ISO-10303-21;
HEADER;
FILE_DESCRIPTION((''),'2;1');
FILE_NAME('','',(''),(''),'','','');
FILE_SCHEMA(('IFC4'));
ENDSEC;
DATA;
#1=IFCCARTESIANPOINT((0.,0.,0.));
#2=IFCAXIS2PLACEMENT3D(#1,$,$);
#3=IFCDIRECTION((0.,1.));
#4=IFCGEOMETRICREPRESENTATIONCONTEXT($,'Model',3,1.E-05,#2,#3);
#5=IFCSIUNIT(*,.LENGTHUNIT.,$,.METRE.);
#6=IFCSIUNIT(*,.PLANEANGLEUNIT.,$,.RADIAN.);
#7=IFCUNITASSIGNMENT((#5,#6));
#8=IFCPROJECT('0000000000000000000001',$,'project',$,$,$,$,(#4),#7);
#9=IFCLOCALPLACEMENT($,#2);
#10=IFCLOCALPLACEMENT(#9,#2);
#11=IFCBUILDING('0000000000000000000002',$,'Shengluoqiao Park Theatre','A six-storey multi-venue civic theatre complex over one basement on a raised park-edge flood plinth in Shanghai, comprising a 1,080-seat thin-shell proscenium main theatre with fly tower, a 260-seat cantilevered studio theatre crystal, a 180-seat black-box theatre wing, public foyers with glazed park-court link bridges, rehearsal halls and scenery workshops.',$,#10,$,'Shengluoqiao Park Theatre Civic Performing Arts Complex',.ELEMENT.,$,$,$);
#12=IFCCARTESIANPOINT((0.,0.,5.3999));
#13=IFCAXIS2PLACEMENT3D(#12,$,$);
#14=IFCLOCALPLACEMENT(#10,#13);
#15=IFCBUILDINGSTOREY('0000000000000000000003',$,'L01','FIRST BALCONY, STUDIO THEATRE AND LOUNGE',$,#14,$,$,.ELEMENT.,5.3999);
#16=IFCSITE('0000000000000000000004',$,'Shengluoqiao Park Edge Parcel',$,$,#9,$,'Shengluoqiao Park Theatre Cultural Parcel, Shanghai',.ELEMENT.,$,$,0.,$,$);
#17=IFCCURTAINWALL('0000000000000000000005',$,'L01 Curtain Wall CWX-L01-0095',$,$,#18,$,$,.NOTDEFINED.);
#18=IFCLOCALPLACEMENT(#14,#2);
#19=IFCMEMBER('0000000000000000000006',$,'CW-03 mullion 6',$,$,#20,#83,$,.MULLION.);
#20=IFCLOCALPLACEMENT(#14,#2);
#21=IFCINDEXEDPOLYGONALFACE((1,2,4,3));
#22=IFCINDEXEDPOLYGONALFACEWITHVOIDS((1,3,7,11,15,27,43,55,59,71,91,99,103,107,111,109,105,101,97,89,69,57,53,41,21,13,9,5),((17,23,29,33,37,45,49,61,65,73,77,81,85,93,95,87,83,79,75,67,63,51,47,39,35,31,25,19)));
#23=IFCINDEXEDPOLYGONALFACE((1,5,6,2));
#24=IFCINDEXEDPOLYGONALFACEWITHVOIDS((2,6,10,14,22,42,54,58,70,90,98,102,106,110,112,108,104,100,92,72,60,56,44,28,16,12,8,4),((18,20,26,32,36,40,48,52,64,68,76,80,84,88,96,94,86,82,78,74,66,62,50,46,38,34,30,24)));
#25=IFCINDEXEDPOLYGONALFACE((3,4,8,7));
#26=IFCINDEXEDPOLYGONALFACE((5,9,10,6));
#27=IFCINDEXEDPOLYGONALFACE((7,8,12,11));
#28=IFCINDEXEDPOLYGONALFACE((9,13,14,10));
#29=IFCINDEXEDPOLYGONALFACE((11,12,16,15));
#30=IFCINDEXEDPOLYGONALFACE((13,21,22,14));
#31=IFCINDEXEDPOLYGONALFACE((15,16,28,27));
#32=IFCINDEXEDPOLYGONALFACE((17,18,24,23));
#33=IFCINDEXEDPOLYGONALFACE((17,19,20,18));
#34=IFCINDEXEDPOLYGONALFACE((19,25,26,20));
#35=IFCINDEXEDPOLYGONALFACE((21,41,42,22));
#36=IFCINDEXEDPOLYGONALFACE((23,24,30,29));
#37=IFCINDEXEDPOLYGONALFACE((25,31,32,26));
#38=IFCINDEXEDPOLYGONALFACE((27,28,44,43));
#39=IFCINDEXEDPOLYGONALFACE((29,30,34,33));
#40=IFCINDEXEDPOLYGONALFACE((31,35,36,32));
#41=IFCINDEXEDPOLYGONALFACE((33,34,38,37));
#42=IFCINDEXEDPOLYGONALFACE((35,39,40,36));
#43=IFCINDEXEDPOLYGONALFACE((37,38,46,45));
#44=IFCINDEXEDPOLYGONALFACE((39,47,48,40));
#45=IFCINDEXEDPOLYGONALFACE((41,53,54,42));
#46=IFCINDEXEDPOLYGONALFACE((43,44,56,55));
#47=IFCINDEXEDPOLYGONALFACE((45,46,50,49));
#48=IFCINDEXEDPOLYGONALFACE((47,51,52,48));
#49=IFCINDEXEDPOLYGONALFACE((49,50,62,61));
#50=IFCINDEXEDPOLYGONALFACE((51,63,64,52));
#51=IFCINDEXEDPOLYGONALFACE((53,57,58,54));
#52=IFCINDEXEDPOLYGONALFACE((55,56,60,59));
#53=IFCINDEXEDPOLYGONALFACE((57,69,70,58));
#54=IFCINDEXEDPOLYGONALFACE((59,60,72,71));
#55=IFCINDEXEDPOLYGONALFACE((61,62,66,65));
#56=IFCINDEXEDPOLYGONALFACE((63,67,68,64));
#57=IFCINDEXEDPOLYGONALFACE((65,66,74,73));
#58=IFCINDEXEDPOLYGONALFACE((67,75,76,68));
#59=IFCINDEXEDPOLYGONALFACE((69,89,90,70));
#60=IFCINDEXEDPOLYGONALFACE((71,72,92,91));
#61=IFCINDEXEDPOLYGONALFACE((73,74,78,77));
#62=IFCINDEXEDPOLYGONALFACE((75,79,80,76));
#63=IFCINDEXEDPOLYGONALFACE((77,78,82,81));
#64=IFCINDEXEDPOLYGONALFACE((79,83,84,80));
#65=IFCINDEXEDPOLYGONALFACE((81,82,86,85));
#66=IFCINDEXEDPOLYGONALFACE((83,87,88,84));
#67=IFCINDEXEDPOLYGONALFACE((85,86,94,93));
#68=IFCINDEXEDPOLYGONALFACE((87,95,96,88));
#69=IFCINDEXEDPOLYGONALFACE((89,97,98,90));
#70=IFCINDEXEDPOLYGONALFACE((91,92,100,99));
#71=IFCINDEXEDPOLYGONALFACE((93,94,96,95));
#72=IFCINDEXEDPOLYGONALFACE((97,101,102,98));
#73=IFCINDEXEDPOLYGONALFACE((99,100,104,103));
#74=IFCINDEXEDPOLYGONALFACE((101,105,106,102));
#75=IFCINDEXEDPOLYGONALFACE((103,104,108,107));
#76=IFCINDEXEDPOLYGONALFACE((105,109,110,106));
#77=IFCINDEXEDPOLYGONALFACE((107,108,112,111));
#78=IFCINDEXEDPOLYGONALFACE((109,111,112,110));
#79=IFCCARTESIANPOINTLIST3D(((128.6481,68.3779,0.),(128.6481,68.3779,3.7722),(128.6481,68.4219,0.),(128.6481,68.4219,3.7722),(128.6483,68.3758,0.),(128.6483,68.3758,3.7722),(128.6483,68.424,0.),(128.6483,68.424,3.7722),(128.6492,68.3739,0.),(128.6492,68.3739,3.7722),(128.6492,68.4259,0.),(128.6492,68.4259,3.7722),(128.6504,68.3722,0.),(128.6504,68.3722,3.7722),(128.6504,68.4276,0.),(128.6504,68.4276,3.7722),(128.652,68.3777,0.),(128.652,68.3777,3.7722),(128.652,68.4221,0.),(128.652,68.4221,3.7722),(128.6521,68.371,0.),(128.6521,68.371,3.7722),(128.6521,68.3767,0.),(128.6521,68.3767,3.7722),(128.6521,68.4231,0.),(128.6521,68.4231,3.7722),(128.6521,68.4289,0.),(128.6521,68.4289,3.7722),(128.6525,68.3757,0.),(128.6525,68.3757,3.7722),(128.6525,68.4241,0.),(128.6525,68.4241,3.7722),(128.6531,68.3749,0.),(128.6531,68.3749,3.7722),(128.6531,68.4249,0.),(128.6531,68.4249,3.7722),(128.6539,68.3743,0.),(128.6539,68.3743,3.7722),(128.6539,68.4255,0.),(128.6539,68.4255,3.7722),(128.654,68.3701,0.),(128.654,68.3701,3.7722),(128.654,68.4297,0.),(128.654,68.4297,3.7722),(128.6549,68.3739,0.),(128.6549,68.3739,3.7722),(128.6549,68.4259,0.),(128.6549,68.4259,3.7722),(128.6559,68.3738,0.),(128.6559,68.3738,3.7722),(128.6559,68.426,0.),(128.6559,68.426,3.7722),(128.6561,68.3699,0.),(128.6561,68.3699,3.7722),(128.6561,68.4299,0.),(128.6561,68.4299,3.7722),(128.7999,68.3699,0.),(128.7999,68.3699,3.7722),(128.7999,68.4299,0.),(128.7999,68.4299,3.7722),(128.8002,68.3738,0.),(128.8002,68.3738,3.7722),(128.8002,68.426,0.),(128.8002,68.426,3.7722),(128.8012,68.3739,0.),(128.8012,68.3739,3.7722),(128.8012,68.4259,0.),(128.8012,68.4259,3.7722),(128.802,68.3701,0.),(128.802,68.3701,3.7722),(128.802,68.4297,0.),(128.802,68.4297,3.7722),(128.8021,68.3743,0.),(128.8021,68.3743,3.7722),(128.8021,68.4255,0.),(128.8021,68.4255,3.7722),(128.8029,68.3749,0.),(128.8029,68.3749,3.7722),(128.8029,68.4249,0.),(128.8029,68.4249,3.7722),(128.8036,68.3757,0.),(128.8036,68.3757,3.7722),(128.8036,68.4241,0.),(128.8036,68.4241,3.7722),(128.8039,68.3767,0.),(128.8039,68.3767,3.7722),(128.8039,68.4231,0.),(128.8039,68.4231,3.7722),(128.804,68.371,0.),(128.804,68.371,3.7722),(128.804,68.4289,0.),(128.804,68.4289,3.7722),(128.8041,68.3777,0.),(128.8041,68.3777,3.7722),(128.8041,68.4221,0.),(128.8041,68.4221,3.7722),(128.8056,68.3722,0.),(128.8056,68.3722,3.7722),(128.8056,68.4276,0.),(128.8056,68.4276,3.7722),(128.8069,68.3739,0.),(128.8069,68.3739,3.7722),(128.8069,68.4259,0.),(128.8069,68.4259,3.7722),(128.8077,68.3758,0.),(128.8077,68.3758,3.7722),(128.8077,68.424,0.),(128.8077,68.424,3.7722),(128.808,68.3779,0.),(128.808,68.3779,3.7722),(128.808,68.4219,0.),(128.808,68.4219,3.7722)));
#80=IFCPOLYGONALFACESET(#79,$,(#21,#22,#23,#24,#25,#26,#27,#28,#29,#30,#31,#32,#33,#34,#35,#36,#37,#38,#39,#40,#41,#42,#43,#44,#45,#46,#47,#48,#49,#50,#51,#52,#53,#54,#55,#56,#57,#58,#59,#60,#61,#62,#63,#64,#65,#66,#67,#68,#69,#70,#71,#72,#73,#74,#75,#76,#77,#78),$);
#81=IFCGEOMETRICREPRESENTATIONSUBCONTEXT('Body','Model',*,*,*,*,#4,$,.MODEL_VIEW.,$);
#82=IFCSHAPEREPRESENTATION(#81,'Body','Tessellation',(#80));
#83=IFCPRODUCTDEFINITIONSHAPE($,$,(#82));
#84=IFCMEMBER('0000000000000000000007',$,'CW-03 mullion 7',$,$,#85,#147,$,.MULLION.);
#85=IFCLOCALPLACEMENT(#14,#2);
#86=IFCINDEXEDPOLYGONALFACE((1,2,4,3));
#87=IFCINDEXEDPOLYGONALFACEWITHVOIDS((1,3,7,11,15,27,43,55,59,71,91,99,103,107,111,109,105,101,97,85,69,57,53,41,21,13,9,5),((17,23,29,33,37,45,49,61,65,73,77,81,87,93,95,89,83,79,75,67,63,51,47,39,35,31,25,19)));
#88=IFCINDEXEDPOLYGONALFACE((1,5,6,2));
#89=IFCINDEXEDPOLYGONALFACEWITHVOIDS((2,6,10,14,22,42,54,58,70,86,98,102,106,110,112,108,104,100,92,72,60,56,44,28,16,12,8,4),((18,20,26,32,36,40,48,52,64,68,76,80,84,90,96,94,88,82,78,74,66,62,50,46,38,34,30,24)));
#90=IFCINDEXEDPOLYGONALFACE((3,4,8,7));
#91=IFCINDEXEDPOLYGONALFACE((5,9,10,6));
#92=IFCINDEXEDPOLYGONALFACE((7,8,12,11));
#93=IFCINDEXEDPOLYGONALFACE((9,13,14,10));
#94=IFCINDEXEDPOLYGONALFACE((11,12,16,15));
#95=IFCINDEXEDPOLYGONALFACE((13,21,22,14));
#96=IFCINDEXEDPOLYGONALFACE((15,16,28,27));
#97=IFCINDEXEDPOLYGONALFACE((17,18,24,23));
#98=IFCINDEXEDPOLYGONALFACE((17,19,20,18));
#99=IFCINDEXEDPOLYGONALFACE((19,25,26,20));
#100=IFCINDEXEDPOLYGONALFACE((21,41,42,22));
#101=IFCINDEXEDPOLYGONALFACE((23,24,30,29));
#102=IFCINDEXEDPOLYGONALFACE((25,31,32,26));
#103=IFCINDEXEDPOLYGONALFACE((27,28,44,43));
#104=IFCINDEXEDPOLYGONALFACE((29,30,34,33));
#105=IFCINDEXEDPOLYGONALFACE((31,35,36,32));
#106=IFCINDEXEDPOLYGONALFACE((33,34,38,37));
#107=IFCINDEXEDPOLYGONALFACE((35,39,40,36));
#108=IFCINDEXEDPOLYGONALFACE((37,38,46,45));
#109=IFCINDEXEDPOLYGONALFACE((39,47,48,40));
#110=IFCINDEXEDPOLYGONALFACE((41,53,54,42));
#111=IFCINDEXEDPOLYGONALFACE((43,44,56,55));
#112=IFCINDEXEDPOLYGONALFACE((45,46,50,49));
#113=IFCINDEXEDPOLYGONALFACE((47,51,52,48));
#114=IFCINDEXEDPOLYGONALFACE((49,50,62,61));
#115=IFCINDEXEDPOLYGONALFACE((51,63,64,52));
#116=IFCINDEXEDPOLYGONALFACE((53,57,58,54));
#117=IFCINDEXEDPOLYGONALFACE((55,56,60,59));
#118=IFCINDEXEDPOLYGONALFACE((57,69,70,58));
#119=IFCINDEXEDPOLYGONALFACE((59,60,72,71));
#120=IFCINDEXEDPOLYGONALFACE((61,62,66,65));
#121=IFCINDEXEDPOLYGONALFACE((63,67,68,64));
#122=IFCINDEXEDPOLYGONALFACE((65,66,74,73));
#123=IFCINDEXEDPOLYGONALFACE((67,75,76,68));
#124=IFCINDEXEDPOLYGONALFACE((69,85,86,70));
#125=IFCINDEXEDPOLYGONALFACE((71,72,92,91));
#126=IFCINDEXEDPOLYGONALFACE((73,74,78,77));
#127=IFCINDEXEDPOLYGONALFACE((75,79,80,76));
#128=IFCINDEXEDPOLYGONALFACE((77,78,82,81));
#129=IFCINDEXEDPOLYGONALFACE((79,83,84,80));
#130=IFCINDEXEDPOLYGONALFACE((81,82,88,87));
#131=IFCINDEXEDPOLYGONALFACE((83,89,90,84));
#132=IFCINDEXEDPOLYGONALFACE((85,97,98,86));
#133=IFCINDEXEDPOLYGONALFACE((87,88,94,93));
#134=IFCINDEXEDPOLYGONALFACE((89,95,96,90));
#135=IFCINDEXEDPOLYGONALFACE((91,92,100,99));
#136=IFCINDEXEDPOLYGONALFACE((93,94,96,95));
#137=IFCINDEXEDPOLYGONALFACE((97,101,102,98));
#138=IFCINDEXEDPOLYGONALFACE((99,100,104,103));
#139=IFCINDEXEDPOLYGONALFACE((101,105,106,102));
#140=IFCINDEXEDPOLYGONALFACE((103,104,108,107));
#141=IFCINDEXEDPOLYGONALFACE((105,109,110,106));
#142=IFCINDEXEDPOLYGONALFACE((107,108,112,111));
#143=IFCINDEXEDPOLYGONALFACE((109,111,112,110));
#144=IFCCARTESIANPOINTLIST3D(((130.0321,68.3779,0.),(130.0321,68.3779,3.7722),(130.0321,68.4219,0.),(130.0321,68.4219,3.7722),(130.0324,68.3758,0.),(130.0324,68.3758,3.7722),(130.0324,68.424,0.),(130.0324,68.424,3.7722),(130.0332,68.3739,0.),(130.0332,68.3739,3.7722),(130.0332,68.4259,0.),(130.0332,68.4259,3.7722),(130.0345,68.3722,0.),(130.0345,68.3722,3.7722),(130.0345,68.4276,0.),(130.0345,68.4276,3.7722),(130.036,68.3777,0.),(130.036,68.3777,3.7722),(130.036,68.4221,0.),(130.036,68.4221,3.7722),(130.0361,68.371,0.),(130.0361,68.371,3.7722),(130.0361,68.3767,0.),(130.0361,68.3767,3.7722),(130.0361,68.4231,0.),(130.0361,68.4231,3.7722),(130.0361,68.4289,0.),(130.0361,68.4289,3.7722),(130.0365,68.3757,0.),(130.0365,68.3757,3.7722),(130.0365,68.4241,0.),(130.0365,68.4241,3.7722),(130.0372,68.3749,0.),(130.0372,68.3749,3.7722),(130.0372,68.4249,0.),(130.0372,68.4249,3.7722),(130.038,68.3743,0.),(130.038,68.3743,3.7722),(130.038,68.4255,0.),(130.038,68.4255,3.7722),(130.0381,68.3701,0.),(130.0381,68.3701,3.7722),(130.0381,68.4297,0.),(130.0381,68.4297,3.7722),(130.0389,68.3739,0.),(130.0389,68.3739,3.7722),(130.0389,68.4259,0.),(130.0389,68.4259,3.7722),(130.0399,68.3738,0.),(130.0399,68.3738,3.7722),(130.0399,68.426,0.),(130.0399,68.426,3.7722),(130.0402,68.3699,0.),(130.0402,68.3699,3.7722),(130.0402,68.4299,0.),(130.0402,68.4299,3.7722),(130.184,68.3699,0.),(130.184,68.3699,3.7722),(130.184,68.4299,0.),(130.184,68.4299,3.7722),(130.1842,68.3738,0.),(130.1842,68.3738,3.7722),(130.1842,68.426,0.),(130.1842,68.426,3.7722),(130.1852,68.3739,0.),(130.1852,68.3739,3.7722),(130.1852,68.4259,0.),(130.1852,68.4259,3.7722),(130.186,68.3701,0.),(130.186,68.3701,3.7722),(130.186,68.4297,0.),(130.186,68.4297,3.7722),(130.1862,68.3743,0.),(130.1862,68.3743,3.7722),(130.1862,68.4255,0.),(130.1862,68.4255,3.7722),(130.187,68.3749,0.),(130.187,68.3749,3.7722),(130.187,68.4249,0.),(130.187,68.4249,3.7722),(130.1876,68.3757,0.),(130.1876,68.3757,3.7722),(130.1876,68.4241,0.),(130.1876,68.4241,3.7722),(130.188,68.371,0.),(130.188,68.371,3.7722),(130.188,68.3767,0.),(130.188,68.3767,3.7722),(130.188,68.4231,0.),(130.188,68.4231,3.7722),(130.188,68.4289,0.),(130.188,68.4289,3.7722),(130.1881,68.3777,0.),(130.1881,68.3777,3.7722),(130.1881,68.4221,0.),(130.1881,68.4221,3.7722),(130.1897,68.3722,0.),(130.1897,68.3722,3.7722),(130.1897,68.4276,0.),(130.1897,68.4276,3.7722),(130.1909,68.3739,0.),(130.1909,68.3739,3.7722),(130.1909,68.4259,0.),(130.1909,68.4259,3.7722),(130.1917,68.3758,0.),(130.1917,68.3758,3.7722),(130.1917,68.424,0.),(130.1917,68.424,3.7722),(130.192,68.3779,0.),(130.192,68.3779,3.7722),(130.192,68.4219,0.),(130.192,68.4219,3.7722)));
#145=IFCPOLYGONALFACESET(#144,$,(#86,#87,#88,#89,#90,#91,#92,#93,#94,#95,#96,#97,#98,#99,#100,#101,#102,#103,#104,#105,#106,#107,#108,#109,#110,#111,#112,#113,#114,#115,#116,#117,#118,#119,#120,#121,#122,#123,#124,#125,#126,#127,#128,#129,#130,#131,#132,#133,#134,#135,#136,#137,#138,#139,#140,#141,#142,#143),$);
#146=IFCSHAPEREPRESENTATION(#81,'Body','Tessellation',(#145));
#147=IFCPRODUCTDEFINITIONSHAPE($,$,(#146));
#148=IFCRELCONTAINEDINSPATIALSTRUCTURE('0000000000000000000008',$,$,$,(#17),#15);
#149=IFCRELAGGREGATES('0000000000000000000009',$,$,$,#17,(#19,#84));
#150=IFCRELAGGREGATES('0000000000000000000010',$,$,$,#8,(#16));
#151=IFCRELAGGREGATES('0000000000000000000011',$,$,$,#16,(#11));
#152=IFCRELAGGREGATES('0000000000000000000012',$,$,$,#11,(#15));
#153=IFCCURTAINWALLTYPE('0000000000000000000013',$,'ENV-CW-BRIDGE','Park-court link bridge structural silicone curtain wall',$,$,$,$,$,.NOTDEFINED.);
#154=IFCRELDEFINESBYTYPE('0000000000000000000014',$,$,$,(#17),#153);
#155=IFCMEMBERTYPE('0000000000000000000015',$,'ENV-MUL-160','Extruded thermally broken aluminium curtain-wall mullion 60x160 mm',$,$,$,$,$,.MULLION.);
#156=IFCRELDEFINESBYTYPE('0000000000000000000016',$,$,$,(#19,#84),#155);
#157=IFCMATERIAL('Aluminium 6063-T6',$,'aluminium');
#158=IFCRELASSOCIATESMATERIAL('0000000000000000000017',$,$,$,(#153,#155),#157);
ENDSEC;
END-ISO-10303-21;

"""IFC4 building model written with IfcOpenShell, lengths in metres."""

from ifc_helpers import new_model, si_unit, direction, frame, origin, origin_2d, place, context, subcontext, project, spatial, hollow_rectangle, extrude, material, material_profile, profile_set, type_object, element, aggregate, save


model = new_model("IFC4")

# Units and contexts
model_context = context("Model", 3, precision=1e-05, world=origin(), true_north=direction((0.0, 1.0)))
body_context = subcontext(model_context, "Body", "Model", "MODEL_VIEW")
ifc_project = project(units=[si_unit("LENGTHUNIT", "METRE"), si_unit("PLANEANGLEUNIT", "RADIAN")], contexts=[model_context])

# Site, building, storey
site_placement = place(None, origin())
site = spatial("IfcSite", under=ifc_project, at=site_placement, Name="Shengluoqiao Park Edge Parcel", LongName="Shengluoqiao Park Theatre Cultural Parcel, Shanghai", CompositionType="ELEMENT", RefElevation=0.0)
building_placement = place(site_placement, origin())
building = spatial("IfcBuilding", under=site, at=building_placement, Name="Shengluoqiao Park Theatre", Description="A six-storey multi-venue civic theatre complex over one basement on a raised park-edge flood plinth in Shanghai, comprising a 1,080-seat thin-shell proscenium main theatre with fly tower, a 260-seat cantilevered studio theatre crystal, a 180-seat black-box theatre wing, public foyers with glazed park-court link bridges, rehearsal halls and scenery workshops.", LongName="Shengluoqiao Park Theatre Civic Performing Arts Complex", CompositionType="ELEMENT")
storey_placement = place(building_placement, frame((0.0, 0.0, 5.3999)))
storey = spatial("IfcBuildingStorey", under=building, at=storey_placement, Name="L01", Description="FIRST BALCONY, STUDIO THEATRE AND LOUNGE", CompositionType="ELEMENT", Elevation=5.3999)

# Curtain wall, members
ifc_material_1 = material(Name="Aluminium 6063-T6", Category="aluminium")
curtain_wall_type = type_object("IfcCurtainWallType", Name="ENV-CW-BRIDGE", Description="Park-court link bridge structural silicone curtain wall", PredefinedType="NOTDEFINED", material=ifc_material_1)
curtain_wall_1_placement = place(storey_placement, origin())
curtain_wall_1 = element("IfcCurtainWall", 1, at=curtain_wall_1_placement, inside=storey, type_object=curtain_wall_type, Name="L01 Curtain Wall CWX-L01-0095", PredefinedType="NOTDEFINED")
ifc_material_profile_1 = material_profile(ifc_material_1, hollow_rectangle(XDim=0.0601, YDim=0.1599, WallThickness=0.0039, InnerFilletRadius=0.0039, OuterFilletRadius=0.0081, at=origin_2d()), Name="ALU MULLION 160x60x4")
ifc_profile_set_1 = profile_set([ifc_material_profile_1], Name="Aluminium 6063-T6")
member_type_1 = type_object("IfcMemberType", Name="ENV-MUL-160", Description="Extruded thermally broken aluminium curtain-wall mullion 60x160 mm", PredefinedType="MULLION", material=ifc_profile_set_1)
member_1_placement = place(storey_placement, frame((128.728, 68.3999, 0.0), z_axis=(0.0, 0.0, 1.0), x_axis=(0.0, 1.0, 0.0)))
member_1 = element("IfcMember", 2, at=member_1_placement, type_object=member_type_1, Name="CW-03 mullion 6", PredefinedType="MULLION", context=body_context, shape_type="SweptSolid", body=[
    extrude(hollow_rectangle(XDim=0.0601, YDim=0.1599, WallThickness=0.0039, InnerFilletRadius=0.0039, OuterFilletRadius=0.0081, at=origin_2d()), origin(), (0.0, 0.0, 1.0), 3.7722),
])
member_2_placement = place(storey_placement, frame((130.1121, 68.3999, 0.0), z_axis=(0.0, 0.0, 1.0), x_axis=(0.0, 1.0, 0.0)))
member_2 = element("IfcMember", 3, at=member_2_placement, type_object=member_type_1, Name="CW-03 mullion 7", PredefinedType="MULLION", context=body_context, shape_type="SweptSolid", body=[
    extrude(hollow_rectangle(XDim=0.0601, YDim=0.1599, WallThickness=0.0039, InnerFilletRadius=0.0039, OuterFilletRadius=0.0081, at=origin_2d()), origin(), (0.0, 0.0, 1.0), 3.7722),
])

aggregate(curtain_wall_1, [member_1, member_2])

save(model, "model.ifc")
